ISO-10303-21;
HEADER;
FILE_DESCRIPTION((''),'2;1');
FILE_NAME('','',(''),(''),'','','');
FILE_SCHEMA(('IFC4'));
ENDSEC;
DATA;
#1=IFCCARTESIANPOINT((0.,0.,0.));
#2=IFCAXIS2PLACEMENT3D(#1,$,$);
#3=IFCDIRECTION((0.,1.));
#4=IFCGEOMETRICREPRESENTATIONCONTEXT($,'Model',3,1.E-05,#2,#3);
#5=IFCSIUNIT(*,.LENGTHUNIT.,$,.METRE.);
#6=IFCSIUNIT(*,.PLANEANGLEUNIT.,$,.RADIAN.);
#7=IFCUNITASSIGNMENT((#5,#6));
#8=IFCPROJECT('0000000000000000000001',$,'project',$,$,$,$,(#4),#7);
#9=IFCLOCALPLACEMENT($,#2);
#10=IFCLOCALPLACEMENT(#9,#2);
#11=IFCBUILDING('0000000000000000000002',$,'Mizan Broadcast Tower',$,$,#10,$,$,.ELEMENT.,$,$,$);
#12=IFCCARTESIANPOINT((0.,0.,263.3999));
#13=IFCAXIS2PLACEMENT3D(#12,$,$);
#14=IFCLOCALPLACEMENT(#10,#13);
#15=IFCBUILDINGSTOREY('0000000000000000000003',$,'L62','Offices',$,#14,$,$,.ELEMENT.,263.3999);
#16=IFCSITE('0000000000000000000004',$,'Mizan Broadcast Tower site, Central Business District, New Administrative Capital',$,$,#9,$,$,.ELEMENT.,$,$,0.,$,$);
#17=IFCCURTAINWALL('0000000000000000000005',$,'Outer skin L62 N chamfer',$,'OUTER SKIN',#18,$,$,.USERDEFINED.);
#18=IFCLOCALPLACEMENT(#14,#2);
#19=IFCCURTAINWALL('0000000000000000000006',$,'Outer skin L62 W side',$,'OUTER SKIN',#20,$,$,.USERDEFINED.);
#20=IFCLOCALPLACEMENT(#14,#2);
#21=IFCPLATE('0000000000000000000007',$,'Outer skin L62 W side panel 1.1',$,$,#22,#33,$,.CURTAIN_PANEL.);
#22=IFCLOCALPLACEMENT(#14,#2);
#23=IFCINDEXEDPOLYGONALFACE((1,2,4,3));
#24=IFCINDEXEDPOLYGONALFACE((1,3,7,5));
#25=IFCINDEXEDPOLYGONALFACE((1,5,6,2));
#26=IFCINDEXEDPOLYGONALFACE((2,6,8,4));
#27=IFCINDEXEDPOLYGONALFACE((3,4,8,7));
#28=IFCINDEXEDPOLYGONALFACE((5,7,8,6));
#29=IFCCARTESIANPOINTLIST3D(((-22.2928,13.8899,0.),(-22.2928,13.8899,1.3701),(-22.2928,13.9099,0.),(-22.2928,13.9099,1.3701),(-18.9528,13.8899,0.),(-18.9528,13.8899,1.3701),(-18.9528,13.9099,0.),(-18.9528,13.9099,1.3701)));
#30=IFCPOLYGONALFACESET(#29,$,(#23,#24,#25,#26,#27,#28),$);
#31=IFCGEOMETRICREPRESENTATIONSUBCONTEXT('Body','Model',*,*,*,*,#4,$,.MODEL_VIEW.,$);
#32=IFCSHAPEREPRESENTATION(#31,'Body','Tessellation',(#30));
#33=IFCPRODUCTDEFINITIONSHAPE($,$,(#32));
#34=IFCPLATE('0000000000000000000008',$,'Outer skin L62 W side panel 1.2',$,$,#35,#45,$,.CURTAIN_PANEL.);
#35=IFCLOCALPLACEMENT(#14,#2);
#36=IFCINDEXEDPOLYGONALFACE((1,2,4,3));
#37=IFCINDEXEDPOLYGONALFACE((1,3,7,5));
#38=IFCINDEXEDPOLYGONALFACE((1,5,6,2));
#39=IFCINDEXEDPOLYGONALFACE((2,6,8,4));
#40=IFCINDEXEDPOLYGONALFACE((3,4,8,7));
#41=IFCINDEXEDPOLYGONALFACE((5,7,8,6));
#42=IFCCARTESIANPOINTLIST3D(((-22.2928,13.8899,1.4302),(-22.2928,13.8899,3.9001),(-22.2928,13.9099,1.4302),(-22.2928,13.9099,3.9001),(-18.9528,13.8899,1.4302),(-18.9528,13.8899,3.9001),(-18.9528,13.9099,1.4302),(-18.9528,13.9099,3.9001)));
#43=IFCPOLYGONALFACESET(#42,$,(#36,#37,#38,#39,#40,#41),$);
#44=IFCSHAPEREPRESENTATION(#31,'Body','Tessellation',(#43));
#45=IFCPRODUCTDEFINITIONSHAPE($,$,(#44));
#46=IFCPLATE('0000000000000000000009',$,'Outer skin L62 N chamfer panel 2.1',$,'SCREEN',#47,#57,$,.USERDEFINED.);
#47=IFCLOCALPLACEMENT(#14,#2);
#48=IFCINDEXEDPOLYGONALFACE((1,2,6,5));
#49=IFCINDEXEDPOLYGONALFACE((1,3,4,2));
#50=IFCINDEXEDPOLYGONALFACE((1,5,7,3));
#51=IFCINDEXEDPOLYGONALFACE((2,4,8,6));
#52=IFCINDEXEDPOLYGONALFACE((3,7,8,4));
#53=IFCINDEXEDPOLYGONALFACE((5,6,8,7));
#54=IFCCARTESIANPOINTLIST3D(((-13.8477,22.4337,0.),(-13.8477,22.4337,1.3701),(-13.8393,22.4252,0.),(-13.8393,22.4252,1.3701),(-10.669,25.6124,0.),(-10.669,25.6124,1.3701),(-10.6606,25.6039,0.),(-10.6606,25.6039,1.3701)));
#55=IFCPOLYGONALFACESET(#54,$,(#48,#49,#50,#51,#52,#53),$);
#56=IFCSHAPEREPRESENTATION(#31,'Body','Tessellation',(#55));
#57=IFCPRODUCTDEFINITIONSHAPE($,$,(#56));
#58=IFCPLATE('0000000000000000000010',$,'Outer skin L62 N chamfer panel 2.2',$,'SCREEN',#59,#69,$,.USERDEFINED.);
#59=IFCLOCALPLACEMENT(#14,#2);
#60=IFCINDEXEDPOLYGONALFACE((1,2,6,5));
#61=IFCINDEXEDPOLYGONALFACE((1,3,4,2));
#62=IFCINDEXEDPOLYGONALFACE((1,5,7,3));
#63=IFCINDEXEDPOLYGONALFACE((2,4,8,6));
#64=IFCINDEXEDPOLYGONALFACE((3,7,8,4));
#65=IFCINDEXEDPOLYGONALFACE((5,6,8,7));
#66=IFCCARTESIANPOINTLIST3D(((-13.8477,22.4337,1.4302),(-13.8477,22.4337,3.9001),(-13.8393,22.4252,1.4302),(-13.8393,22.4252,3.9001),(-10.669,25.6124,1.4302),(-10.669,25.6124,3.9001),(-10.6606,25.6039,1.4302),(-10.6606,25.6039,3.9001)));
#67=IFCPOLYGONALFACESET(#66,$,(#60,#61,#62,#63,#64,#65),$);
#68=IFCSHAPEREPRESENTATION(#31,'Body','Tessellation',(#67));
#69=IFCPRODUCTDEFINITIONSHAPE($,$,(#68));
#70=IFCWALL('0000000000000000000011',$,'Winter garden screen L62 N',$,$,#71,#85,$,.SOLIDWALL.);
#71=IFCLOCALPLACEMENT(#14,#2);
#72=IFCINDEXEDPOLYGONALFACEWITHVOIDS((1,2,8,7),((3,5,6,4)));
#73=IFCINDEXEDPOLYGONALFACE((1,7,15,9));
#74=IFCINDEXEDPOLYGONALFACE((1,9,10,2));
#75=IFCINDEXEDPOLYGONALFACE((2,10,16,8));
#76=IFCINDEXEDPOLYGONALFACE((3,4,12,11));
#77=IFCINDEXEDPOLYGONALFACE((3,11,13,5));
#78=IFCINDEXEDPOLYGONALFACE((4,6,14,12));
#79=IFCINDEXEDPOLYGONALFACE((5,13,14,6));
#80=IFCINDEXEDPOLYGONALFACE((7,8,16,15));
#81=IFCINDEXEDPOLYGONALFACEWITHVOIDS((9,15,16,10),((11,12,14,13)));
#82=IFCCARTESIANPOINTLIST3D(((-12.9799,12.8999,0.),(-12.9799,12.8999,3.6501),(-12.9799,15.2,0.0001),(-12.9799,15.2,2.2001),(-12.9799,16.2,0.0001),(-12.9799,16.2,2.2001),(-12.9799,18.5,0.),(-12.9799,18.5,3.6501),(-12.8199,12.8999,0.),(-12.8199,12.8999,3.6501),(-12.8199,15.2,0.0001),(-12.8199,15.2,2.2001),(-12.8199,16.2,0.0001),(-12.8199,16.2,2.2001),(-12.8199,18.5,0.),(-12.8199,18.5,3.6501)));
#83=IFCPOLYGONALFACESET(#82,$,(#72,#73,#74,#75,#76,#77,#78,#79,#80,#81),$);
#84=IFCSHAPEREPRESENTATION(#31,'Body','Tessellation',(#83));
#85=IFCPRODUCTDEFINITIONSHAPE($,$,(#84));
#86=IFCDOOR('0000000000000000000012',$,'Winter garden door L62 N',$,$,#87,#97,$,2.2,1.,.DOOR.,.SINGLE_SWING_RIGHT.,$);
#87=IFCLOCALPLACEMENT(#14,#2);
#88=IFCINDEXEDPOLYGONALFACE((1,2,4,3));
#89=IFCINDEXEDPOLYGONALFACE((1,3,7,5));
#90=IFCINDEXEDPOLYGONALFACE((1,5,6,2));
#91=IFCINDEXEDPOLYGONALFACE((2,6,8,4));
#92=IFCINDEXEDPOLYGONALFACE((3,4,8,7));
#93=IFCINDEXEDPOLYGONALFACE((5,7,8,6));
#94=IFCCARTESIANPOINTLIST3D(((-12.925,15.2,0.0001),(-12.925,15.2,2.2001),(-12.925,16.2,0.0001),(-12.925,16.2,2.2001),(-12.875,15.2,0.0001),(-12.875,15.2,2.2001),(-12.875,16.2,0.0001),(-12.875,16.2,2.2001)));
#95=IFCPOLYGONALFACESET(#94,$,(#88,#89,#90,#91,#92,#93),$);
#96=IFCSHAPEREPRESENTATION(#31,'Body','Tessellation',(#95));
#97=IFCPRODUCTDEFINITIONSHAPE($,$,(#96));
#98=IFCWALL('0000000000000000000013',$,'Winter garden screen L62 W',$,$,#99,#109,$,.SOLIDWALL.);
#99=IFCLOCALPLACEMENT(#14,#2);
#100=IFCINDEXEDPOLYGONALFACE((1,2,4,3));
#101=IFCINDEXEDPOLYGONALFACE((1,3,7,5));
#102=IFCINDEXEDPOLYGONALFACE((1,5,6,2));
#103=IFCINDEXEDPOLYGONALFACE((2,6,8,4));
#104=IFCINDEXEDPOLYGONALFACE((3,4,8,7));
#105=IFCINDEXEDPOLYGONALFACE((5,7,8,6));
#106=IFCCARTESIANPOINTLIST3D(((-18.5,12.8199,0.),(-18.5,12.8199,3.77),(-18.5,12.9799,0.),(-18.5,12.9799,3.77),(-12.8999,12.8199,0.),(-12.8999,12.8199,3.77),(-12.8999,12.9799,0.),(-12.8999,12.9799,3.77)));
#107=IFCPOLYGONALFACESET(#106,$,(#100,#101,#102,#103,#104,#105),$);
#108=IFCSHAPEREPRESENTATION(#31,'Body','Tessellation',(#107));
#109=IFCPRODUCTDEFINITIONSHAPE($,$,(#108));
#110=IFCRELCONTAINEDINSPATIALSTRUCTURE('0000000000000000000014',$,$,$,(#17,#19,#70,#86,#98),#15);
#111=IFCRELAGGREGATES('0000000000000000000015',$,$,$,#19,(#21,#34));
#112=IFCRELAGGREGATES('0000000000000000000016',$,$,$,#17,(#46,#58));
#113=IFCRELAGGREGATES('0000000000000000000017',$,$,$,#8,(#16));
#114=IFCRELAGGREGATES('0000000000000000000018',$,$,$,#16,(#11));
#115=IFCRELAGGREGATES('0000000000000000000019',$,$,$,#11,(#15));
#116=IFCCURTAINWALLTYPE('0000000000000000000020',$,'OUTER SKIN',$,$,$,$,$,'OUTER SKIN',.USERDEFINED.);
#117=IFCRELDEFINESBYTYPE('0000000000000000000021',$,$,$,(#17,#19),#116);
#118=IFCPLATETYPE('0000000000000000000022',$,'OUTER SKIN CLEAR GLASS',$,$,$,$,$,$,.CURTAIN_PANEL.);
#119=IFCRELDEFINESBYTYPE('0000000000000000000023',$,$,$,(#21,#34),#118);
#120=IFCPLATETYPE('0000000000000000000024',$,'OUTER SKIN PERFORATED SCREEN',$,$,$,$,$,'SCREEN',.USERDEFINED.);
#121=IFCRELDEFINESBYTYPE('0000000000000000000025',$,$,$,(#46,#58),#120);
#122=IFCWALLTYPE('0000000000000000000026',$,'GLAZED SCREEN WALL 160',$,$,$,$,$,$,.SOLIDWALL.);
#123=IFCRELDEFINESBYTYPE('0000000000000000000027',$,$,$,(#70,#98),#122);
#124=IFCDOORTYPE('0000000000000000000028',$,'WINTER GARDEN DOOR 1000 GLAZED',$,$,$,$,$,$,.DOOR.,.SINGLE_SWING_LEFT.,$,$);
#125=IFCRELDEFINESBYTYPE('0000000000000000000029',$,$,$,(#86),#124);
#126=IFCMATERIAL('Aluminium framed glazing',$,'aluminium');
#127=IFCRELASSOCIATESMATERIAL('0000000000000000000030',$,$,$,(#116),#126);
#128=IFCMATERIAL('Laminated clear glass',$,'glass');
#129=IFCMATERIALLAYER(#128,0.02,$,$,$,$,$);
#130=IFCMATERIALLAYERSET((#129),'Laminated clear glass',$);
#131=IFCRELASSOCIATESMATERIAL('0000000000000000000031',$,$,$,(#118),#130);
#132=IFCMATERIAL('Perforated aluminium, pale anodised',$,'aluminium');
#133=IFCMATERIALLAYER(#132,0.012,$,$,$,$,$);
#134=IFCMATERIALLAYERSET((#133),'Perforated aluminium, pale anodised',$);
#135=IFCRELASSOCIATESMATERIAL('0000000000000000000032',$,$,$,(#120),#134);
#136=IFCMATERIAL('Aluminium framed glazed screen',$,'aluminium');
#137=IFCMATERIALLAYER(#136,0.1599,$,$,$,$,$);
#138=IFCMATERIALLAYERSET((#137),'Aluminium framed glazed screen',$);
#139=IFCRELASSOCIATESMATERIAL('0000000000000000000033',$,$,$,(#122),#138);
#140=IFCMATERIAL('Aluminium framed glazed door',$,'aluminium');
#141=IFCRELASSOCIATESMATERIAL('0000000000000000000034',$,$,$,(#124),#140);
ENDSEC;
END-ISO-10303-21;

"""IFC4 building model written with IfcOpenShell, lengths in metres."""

from ifc_helpers import new_model, si_unit, direction, frame, frame_2d, origin, origin_2d, place, context, subcontext, project, spatial, rectangle, extrude, material, layer, layer_set, type_object, element, fill, aggregate, save


model = new_model("IFC4")

# Units and contexts
model_context = context("Model", 3, precision=1e-05, world=origin(), true_north=direction((0.0, 1.0)))
body_context = subcontext(model_context, "Body", "Model", "MODEL_VIEW")
ifc_project = project(units=[si_unit("LENGTHUNIT", "METRE"), si_unit("PLANEANGLEUNIT", "RADIAN")], contexts=[model_context])

# Site, building, storey
site_placement = place(None, origin())
site = spatial("IfcSite", under=ifc_project, at=site_placement, Name="Mizan Broadcast Tower site, Central Business District, New Administrative Capital", CompositionType="ELEMENT", RefElevation=0.0)
building_placement = place(site_placement, origin())
building = spatial("IfcBuilding", under=site, at=building_placement, Name="Mizan Broadcast Tower", CompositionType="ELEMENT")
storey_placement = place(building_placement, frame((0.0, 0.0, 263.3999)))
storey = spatial("IfcBuildingStorey", under=building, at=storey_placement, Name="L62", Description="Offices", CompositionType="ELEMENT", Elevation=263.3999)

# Curtain walls
ifc_material_1 = material(Name="Aluminium framed glazing", Category="aluminium")
curtain_wall_type_1 = type_object("IfcCurtainWallType", Name="OUTER SKIN", ElementType="OUTER SKIN", PredefinedType="USERDEFINED", material=ifc_material_1)
curtain_wall_1_placement = place(storey_placement, origin())
curtain_wall_1 = element("IfcCurtainWall", 1, at=curtain_wall_1_placement, inside=storey, type_object=curtain_wall_type_1, Name="Outer skin L62 N chamfer", ObjectType="OUTER SKIN", PredefinedType="USERDEFINED")
curtain_wall_2_placement = place(storey_placement, origin())
curtain_wall_2 = element("IfcCurtainWall", 2, at=curtain_wall_2_placement, inside=storey, type_object=curtain_wall_type_1, Name="Outer skin L62 W side", ObjectType="OUTER SKIN", PredefinedType="USERDEFINED")

# Plates
ifc_material_2 = material(Name="Laminated clear glass", Category="glass")
ifc_layer_1 = layer(ifc_material_2, 0.02)
ifc_layer_set_1 = layer_set([ifc_layer_1], Name="Laminated clear glass")
plate_type_1 = type_object("IfcPlateType", Name="OUTER SKIN CLEAR GLASS", PredefinedType="CURTAIN_PANEL", material=ifc_layer_set_1)
plate_1_placement = place(storey_placement, frame((-20.6228, 13.8999, 0.0), z_axis=(0.0, 0.0, 1.0), x_axis=(-1.0, 0.0, 0.0)))
plate_1 = element("IfcPlate", 3, at=plate_1_placement, type_object=plate_type_1, Name="Outer skin L62 W side panel 1.1", PredefinedType="CURTAIN_PANEL", context=body_context, shape_type="SweptSolid", body=[
    extrude(rectangle(XDim=3.3401, YDim=0.02, at=origin_2d()), origin(), (0.0, 0.0, 1.0), 1.3701),
])
plate_2_placement = place(storey_placement, frame((-20.6228, 13.8999, 1.4302), z_axis=(0.0, 0.0, 1.0), x_axis=(-1.0, 0.0, 0.0)))
plate_2 = element("IfcPlate", 4, at=plate_2_placement, type_object=plate_type_1, Name="Outer skin L62 W side panel 1.2", PredefinedType="CURTAIN_PANEL", context=body_context, shape_type="SweptSolid", body=[
    extrude(rectangle(XDim=3.3401, YDim=0.02, at=origin_2d()), origin(), (0.0, 0.0, 1.0), 2.47),
])
aggregate(curtain_wall_2, [plate_1, plate_2])
ifc_material_3 = material(Name="Perforated aluminium, pale anodised", Category="aluminium")
ifc_layer_2 = layer(ifc_material_3, 0.012)
ifc_layer_set_2 = layer_set([ifc_layer_2], Name="Perforated aluminium, pale anodised")
plate_type_2 = type_object("IfcPlateType", Name="OUTER SKIN PERFORATED SCREEN", ElementType="SCREEN", PredefinedType="USERDEFINED", material=ifc_layer_set_2)
plate_3_placement = place(storey_placement, frame((-12.2542, 24.0188, 0.0), z_axis=(0.0, 0.0, 1.0), x_axis=(-0.707107, -0.707107, 0.0)))
plate_3 = element("IfcPlate", 5, at=plate_3_placement, type_object=plate_type_2, Name="Outer skin L62 N chamfer panel 2.1", ObjectType="SCREEN", PredefinedType="USERDEFINED", context=body_context, shape_type="SweptSolid", body=[
    extrude(rectangle(XDim=4.4954, YDim=0.012, at=origin_2d()), origin(), (0.0, 0.0, 1.0), 1.3701),
])
plate_4_placement = place(storey_placement, frame((-12.2542, 24.0188, 1.4302), z_axis=(0.0, 0.0, 1.0), x_axis=(-0.707107, -0.707107, 0.0)))
plate_4 = element("IfcPlate", 6, at=plate_4_placement, type_object=plate_type_2, Name="Outer skin L62 N chamfer panel 2.2", ObjectType="SCREEN", PredefinedType="USERDEFINED", context=body_context, shape_type="SweptSolid", body=[
    extrude(rectangle(XDim=4.4954, YDim=0.012, at=origin_2d()), origin(), (0.0, 0.0, 1.0), 2.47),
])
aggregate(curtain_wall_1, [plate_3, plate_4])

# Wall, opening, door
ifc_material_4 = material(Name="Aluminium framed glazed screen", Category="aluminium")
ifc_layer_3 = layer(ifc_material_4, 0.1599)
ifc_layer_set_3 = layer_set([ifc_layer_3], Name="Aluminium framed glazed screen")
wall_type = type_object("IfcWallType", Name="GLAZED SCREEN WALL 160", PredefinedType="SOLIDWALL", material=ifc_layer_set_3)
wall_1_placement = place(storey_placement, frame((-12.8999, 18.5, 0.0), z_axis=(0.0, 0.0, 1.0), x_axis=(0.0, -1.0, 0.0)))
wall_1 = element("IfcWall", 7, at=wall_1_placement, inside=storey, type_object=wall_type, Name="Winter garden screen L62 N", PredefinedType="SOLIDWALL", context=body_context, shape_type="SweptSolid", body=[
    extrude(rectangle(XDim=5.6001, YDim=0.1599, at=frame_2d((2.8, 0.0))), origin(), (0.0, 0.0, 1.0), 3.6501),
])
opening_placement = place(wall_1_placement, frame((2.3, 0.0, 0.0)))
opening = element("IfcOpeningElement", 8, at=opening_placement, cuts=wall_1, PredefinedType="OPENING", context=body_context, shape_type="SweptSolid", body=[
    extrude(rectangle(XDim=1.0, YDim=2.2, at=frame_2d((0.5, 1.1001))), frame((0.0, 0.0898, 0.0), z_axis=(0.0, -1.0, 0.0), x_axis=(1.0, 0.0, 0.0)), (0.0, 0.0, 1.0), 0.1799),
])
ifc_material_5 = material(Name="Aluminium framed glazed door", Category="aluminium")
door_type = type_object("IfcDoorType", Name="WINTER GARDEN DOOR 1000 GLAZED", OperationType="SINGLE_SWING_LEFT", PredefinedType="DOOR", material=ifc_material_5)
door_placement = place(opening_placement, origin())
door = element("IfcDoor", 9, at=door_placement, inside=storey, type_object=door_type, Name="Winter garden door L62 N", OperationType="SINGLE_SWING_RIGHT", OverallHeight=2.2, OverallWidth=1.0, PredefinedType="DOOR", context=body_context, shape_type="SweptSolid", body=[
    extrude(rectangle(XDim=1.0, YDim=2.2, at=frame_2d((0.5, 1.1001))), frame((0.0, 0.0249, 0.0), z_axis=(0.0, -1.0, 0.0), x_axis=(1.0, 0.0, 0.0)), (0.0, 0.0, 1.0), 0.05),
])
fill(opening, door)

# Wall
wall_2_placement = place(storey_placement, frame((-12.8999, 12.8999, 0.0), z_axis=(0.0, 0.0, 1.0), x_axis=(-1.0, 0.0, 0.0)))
element("IfcWall", 10, at=wall_2_placement, inside=storey, type_object=wall_type, Name="Winter garden screen L62 W", PredefinedType="SOLIDWALL", context=body_context, shape_type="SweptSolid", body=[
    extrude(rectangle(XDim=5.6001, YDim=0.1599, at=frame_2d((2.8, 0.0))), origin(), (0.0, 0.0, 1.0), 3.77),
])

save(model, "model.ifc")
